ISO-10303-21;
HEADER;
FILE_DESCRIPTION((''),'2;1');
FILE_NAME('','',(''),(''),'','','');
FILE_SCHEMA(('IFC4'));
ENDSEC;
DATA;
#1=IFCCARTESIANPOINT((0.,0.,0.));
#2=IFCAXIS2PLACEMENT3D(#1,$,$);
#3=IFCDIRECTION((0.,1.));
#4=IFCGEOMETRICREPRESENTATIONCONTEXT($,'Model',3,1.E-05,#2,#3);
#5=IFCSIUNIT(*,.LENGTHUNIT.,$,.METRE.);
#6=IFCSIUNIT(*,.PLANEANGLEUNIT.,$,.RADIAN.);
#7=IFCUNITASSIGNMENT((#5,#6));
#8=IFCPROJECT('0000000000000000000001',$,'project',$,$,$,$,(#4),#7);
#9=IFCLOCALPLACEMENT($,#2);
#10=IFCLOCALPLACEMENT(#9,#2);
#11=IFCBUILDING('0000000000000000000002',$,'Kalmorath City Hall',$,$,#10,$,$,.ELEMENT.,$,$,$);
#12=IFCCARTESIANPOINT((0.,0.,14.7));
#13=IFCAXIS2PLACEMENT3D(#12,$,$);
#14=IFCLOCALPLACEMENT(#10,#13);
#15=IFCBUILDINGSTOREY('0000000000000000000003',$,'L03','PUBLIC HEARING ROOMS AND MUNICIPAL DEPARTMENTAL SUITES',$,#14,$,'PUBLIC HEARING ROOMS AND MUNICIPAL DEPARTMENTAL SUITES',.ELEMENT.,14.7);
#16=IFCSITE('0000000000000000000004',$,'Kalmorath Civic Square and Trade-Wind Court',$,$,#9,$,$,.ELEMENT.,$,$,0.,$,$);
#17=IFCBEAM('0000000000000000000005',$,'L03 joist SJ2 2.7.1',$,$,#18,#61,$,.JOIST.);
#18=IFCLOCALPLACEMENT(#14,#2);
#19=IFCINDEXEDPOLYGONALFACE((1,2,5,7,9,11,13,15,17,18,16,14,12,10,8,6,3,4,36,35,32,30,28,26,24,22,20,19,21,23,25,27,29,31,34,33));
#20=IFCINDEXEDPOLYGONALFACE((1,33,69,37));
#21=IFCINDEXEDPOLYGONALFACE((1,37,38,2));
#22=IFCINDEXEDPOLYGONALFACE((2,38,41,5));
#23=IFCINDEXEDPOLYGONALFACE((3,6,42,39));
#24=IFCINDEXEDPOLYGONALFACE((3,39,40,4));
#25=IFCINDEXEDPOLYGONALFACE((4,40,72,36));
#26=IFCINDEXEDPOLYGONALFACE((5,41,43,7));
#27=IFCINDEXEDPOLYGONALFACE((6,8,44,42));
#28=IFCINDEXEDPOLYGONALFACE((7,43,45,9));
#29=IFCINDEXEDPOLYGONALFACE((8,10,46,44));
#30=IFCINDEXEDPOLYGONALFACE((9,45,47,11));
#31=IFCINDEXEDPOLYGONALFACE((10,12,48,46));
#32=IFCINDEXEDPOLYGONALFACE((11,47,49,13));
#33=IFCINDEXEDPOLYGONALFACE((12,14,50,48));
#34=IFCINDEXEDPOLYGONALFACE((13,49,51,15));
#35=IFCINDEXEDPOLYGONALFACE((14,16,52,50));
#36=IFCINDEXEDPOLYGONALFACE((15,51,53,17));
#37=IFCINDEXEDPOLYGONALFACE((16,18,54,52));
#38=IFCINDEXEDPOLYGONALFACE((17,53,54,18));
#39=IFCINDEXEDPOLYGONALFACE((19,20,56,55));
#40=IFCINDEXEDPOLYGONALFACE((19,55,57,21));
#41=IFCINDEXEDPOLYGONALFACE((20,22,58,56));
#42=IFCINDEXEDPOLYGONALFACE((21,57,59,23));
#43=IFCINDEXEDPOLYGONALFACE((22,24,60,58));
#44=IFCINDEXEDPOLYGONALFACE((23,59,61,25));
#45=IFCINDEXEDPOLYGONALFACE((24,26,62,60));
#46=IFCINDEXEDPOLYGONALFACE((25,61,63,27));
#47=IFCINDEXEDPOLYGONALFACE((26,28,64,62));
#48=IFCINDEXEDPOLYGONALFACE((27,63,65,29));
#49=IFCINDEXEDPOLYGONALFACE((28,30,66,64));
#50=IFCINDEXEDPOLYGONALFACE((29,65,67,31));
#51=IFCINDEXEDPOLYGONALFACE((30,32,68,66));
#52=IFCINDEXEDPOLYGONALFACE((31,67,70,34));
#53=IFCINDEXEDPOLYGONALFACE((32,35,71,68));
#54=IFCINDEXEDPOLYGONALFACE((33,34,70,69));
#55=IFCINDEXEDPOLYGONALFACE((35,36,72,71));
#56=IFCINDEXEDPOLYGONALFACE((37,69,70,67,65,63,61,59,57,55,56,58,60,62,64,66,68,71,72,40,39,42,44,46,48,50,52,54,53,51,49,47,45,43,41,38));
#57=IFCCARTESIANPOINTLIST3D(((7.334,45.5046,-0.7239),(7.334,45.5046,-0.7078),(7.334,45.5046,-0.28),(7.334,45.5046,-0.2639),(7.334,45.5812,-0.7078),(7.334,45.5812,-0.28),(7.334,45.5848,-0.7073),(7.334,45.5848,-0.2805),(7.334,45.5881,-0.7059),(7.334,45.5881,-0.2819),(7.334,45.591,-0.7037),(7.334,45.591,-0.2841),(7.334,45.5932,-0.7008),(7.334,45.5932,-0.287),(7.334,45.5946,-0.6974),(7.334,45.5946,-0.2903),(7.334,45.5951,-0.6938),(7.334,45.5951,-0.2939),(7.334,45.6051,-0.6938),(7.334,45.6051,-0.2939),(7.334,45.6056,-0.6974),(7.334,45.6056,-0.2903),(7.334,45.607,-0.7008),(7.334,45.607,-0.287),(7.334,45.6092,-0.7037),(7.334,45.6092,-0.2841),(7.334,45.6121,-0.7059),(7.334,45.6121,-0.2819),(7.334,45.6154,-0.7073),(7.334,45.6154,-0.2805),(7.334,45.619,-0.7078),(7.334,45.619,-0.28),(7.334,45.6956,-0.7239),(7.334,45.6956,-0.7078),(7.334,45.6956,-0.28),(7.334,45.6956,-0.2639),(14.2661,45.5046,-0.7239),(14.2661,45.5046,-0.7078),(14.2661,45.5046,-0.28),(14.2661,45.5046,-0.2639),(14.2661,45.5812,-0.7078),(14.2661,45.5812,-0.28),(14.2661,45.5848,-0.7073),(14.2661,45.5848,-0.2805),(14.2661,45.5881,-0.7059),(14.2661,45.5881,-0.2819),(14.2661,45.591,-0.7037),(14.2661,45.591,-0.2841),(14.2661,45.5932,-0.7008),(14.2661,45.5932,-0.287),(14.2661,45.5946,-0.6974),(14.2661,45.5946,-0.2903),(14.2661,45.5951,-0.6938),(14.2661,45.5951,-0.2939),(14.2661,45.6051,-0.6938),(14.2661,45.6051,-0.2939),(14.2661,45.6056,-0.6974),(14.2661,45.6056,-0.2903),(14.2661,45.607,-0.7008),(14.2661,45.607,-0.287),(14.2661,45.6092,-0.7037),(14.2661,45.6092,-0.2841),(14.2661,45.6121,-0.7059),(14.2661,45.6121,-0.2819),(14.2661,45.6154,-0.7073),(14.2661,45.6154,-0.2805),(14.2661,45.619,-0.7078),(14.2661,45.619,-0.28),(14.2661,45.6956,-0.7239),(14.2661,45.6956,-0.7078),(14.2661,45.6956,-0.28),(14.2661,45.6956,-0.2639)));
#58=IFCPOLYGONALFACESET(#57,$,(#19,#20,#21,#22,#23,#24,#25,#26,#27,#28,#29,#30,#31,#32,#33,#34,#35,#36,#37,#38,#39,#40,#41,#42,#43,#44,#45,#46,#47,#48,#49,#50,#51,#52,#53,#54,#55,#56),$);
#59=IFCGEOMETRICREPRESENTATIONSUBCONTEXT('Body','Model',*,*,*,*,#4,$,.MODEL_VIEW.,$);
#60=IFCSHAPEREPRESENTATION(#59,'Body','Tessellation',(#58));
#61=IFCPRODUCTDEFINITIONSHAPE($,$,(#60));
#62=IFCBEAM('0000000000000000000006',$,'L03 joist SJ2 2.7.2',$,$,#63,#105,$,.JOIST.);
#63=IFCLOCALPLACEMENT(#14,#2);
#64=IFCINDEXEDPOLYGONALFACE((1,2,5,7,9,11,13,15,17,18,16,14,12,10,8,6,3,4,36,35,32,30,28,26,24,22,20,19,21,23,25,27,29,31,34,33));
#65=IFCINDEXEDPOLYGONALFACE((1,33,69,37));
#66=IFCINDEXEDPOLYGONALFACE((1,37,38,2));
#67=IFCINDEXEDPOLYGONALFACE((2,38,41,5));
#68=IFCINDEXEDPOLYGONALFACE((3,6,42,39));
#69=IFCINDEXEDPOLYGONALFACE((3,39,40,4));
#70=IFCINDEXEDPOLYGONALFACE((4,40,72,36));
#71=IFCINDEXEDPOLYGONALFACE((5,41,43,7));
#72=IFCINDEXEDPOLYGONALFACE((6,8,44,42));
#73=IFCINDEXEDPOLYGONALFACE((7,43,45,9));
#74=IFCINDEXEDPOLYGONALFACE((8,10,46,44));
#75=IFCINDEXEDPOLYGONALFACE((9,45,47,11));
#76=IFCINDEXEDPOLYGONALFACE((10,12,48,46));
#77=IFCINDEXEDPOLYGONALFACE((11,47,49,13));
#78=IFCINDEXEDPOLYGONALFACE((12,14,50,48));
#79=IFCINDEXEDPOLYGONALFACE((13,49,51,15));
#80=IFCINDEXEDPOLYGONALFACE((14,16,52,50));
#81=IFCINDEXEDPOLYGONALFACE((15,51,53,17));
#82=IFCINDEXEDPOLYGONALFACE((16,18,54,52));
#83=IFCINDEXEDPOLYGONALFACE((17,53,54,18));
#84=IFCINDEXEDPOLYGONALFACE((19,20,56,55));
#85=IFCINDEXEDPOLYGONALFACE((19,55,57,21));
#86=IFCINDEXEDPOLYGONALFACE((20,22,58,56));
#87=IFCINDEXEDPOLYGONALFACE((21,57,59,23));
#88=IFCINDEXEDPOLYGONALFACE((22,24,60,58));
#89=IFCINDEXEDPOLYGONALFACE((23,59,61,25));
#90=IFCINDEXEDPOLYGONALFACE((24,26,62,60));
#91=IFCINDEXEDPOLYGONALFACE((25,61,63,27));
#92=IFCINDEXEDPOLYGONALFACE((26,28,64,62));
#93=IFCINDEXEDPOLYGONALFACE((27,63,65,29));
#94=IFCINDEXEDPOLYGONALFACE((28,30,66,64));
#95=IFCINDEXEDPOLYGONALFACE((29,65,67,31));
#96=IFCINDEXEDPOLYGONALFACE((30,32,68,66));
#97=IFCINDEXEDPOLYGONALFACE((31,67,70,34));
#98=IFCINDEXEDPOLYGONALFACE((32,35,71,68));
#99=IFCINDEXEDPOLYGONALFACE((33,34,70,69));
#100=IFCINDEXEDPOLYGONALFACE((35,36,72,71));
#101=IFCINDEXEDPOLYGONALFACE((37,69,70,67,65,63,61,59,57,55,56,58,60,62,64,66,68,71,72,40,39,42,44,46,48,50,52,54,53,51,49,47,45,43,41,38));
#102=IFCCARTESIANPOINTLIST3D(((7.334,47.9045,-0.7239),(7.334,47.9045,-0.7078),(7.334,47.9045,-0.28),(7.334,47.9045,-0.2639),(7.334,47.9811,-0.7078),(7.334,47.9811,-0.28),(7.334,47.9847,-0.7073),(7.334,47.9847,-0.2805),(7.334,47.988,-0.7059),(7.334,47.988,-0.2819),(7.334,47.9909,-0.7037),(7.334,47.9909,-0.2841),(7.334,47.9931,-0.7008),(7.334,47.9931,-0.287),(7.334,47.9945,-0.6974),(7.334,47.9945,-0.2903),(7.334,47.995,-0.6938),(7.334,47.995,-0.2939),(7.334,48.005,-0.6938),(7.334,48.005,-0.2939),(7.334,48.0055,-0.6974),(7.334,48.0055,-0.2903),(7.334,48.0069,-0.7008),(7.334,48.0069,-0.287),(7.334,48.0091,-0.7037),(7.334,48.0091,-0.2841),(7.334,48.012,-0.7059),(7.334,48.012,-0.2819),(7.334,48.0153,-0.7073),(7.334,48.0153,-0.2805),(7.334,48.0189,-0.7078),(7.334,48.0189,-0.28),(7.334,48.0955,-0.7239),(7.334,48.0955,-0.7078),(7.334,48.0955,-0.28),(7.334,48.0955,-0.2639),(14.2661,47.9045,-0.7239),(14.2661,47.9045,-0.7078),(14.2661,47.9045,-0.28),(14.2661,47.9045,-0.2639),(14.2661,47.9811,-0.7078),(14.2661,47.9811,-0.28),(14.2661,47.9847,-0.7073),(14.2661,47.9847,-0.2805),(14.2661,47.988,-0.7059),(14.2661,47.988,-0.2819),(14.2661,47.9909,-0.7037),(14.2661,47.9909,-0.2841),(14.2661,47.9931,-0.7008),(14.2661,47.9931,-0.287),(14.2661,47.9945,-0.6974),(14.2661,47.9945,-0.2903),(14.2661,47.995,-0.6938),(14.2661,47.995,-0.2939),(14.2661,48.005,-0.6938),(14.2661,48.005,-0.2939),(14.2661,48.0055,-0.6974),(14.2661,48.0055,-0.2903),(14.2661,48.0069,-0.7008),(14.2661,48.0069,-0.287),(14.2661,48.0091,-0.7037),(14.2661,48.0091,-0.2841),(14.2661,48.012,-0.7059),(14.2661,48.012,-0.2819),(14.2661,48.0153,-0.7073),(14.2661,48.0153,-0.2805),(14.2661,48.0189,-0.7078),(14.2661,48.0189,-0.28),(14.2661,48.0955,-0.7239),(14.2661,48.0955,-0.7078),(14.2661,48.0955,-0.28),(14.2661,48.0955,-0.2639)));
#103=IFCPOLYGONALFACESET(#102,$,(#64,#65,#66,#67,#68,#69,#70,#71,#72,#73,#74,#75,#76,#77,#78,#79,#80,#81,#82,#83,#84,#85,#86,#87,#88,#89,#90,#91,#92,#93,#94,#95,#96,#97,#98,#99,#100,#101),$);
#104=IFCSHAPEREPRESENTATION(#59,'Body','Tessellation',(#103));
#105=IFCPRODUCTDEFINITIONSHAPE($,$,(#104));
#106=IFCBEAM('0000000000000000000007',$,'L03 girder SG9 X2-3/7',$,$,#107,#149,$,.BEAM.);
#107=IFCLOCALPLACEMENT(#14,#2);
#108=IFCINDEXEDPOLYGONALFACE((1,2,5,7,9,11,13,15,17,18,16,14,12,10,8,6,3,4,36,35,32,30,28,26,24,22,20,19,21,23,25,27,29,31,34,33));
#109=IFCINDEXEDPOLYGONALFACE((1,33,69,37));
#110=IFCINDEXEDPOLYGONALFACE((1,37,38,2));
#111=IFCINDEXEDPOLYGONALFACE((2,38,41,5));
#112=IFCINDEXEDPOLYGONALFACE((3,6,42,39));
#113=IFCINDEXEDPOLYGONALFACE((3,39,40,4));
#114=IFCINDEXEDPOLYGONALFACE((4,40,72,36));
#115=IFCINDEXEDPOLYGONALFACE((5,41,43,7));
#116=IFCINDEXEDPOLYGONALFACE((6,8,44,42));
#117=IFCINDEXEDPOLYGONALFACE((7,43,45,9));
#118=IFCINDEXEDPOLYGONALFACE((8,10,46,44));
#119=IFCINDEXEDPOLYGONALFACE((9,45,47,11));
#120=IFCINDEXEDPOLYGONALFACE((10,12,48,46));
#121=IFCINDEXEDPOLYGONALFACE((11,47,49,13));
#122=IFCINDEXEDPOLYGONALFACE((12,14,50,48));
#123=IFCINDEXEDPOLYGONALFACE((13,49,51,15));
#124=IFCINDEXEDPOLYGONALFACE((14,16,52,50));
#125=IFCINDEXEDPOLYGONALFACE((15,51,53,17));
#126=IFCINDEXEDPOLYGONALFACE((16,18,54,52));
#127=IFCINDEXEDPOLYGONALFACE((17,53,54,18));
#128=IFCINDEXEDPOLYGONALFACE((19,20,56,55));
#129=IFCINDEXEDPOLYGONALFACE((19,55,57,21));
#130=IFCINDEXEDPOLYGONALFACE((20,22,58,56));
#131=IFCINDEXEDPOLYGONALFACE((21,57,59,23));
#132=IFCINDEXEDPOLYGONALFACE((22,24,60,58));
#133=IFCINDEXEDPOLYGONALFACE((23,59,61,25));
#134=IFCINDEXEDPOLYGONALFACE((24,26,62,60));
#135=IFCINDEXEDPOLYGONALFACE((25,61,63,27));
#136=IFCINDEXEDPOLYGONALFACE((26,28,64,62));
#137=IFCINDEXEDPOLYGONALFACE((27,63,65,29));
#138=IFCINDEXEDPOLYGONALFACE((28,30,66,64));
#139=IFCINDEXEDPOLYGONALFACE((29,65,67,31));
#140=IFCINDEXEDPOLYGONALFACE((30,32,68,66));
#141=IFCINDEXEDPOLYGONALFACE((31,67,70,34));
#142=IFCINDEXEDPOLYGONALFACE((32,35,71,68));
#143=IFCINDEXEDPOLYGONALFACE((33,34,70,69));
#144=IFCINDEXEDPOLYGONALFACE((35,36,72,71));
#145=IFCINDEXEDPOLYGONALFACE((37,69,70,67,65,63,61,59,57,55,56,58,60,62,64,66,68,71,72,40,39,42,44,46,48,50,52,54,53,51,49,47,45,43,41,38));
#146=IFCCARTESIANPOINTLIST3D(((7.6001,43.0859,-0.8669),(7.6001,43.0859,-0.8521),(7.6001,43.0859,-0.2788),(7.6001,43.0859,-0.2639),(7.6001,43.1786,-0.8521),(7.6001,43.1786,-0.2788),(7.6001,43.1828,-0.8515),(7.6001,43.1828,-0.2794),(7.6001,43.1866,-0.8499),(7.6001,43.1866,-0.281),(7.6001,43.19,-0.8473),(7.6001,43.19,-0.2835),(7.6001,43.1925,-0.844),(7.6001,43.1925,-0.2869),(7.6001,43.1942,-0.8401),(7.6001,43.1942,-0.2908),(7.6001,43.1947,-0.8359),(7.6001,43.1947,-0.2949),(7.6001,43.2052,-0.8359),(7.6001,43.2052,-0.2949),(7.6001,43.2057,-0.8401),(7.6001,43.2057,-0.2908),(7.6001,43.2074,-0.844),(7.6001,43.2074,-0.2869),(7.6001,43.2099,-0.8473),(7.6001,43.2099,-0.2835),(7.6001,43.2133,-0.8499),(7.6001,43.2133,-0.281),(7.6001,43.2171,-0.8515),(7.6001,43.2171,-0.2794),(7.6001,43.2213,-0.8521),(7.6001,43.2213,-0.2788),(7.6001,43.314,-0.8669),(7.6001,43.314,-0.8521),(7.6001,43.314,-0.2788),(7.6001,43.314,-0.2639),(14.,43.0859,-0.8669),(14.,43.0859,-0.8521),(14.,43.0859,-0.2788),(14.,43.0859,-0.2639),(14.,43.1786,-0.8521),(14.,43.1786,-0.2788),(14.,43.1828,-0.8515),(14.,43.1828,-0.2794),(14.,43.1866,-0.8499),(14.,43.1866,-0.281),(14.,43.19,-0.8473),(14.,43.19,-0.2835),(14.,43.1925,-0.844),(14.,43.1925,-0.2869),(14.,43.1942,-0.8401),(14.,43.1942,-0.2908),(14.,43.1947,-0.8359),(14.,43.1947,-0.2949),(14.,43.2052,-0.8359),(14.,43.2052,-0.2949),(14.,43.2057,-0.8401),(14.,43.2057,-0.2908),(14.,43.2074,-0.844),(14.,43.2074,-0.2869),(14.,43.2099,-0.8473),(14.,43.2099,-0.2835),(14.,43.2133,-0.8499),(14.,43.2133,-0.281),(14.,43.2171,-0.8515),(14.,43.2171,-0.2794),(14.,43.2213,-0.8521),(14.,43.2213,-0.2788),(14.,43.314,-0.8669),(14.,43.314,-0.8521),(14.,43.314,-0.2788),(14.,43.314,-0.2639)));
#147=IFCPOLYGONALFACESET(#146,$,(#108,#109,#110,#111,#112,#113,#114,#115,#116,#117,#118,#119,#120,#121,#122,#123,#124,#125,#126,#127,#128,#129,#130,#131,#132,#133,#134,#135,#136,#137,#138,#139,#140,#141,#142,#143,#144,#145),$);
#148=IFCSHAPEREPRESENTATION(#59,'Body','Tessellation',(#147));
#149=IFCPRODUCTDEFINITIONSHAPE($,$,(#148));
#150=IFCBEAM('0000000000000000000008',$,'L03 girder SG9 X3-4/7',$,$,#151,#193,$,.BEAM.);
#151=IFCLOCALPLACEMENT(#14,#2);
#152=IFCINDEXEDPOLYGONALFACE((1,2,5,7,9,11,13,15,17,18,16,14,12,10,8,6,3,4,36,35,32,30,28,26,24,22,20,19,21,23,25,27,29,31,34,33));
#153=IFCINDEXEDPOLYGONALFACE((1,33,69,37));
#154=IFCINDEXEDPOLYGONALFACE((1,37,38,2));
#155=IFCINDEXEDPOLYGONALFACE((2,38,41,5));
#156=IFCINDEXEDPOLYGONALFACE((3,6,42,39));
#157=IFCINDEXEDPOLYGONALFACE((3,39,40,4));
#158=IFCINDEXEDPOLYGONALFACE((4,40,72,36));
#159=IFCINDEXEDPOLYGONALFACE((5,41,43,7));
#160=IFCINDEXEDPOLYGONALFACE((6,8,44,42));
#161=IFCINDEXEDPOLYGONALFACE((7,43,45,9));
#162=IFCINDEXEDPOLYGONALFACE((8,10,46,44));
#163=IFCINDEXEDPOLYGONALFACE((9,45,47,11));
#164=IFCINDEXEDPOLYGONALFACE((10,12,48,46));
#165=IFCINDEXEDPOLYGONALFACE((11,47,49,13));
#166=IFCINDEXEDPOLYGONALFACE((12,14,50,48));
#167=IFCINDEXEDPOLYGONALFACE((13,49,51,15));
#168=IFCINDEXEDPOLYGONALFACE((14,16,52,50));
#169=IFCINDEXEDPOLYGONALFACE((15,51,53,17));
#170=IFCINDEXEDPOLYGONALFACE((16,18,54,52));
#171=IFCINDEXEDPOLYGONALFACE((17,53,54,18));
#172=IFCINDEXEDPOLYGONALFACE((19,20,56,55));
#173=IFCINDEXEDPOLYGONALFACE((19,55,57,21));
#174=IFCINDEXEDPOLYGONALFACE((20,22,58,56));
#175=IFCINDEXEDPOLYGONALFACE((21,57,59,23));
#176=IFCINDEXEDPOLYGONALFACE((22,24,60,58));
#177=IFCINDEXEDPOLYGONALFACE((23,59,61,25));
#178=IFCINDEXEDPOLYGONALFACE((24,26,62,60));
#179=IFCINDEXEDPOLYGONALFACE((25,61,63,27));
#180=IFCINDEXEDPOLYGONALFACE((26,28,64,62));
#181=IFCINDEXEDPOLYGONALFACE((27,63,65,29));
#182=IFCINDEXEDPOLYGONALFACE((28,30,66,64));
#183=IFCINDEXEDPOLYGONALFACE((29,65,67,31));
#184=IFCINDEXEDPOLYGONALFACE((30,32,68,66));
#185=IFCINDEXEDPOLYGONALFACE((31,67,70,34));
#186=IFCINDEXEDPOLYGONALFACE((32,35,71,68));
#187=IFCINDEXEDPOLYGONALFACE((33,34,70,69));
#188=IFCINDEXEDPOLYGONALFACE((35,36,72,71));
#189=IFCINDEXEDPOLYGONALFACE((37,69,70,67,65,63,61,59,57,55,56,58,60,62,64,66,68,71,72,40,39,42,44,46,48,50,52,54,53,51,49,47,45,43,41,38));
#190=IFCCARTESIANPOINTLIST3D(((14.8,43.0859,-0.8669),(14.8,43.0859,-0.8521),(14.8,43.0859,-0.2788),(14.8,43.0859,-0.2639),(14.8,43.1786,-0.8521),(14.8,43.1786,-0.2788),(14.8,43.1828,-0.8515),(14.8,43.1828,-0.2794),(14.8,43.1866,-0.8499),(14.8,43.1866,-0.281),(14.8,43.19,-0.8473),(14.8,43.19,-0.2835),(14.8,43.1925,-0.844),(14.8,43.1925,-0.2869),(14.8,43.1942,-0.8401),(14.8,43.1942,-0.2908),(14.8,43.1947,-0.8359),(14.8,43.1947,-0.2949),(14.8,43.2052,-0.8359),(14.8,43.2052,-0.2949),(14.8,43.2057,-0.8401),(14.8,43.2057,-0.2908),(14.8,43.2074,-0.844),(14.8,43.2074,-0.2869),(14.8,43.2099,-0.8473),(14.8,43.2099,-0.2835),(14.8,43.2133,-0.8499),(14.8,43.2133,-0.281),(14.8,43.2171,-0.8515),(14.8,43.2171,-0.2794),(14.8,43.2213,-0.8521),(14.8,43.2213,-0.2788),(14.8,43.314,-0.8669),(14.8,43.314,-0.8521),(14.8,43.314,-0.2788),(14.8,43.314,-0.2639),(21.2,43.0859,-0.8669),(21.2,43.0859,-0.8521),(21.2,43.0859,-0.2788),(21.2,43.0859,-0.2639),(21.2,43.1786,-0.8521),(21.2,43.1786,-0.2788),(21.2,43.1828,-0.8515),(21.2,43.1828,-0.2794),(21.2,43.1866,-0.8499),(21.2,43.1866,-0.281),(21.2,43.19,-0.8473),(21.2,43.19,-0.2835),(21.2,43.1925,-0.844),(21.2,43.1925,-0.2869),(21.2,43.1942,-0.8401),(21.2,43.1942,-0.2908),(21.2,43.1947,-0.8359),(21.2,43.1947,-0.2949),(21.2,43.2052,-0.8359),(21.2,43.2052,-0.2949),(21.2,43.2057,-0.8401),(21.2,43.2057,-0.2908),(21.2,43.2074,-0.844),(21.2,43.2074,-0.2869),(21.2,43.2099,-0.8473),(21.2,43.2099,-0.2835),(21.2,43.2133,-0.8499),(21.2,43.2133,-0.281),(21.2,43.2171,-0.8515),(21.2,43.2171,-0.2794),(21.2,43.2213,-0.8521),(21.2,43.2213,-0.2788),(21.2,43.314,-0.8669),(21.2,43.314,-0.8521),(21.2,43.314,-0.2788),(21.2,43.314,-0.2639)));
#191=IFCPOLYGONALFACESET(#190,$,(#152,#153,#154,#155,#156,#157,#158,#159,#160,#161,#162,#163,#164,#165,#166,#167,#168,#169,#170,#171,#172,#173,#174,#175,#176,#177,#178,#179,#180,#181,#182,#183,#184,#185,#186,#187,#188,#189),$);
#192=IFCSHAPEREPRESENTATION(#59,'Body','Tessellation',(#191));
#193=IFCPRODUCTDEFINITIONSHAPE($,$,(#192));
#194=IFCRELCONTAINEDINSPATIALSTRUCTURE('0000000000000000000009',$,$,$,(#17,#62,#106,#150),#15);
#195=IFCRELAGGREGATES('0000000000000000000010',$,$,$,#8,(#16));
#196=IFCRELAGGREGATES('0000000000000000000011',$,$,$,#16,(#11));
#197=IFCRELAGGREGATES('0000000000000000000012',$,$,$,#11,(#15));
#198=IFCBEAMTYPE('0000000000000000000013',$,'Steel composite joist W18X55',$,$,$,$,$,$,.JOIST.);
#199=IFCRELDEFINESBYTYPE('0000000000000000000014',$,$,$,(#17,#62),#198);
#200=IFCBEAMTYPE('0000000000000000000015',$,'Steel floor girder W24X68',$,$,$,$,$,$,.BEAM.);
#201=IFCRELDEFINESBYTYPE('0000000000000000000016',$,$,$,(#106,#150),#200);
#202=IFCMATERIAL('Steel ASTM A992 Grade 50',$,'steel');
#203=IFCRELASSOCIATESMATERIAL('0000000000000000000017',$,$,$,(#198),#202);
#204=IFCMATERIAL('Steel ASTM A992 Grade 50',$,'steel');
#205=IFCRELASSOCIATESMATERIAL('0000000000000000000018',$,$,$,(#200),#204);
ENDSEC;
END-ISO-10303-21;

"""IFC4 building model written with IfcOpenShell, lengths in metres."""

from ifc_helpers import new_model, si_unit, direction, frame, origin, origin_2d, place, context, subcontext, project, spatial, i_section, extrude, material, material_profile, profile_set, type_object, element, save


model = new_model("IFC4")

# Units and contexts
model_context = context("Model", 3, precision=1e-05, world=origin(), true_north=direction((0.0, 1.0)))
body_context = subcontext(model_context, "Body", "Model", "MODEL_VIEW")
ifc_project = project(units=[si_unit("LENGTHUNIT", "METRE"), si_unit("PLANEANGLEUNIT", "RADIAN")], contexts=[model_context])

# Site, building, storey
site_placement = place(None, origin())
site = spatial("IfcSite", under=ifc_project, at=site_placement, Name="Kalmorath Civic Square and Trade-Wind Court", CompositionType="ELEMENT", RefElevation=0.0)
building_placement = place(site_placement, origin())
building = spatial("IfcBuilding", under=site, at=building_placement, Name="Kalmorath City Hall", CompositionType="ELEMENT")
storey_placement = place(building_placement, frame((0.0, 0.0, 14.7)))
storey = spatial("IfcBuildingStorey", under=building, at=storey_placement, Name="L03", Description="PUBLIC HEARING ROOMS AND MUNICIPAL DEPARTMENTAL SUITES", LongName="PUBLIC HEARING ROOMS AND MUNICIPAL DEPARTMENTAL SUITES", CompositionType="ELEMENT", Elevation=14.7)

# Beams
ifc_material_1 = material(Name="Steel ASTM A992 Grade 50", Category="steel")
ifc_material_profile_1 = material_profile(ifc_material_1, i_section(OverallWidth=0.1909, OverallDepth=0.46, WebThickness=0.01, FlangeThickness=0.0161, FilletRadius=0.0139, at=origin_2d()), Name="W18X55")
ifc_profile_set_1 = profile_set([ifc_material_profile_1], Name="Steel ASTM A992 Grade 50")
beam_type_1 = type_object("IfcBeamType", Name="Steel composite joist W18X55", PredefinedType="JOIST", material=ifc_profile_set_1)
for number, where, z_axis, x_axis, name in (
    (1, (7.334, 45.6001, -0.4939), (1.0, 0.0, 0.0), (0.0, 1.0, 0.0), "L03 joist SJ2 2.7.1"),
    (2, (7.334, 48.0, -0.4939), (1.0, 0.0, 0.0), (0.0, 1.0, 0.0), "L03 joist SJ2 2.7.2"),
):
    element("IfcBeam", number, at=place(storey_placement, frame(where, z_axis=z_axis, x_axis=x_axis)), inside=storey, type_object=beam_type_1, Name=name, PredefinedType="JOIST", context=body_context, shape_type="SweptSolid", body=[
        extrude(i_section(OverallWidth=0.1909, OverallDepth=0.46, WebThickness=0.01, FlangeThickness=0.0161, FilletRadius=0.0139, at=origin_2d()), origin(), (0.0, 0.0, 1.0), 6.9321),
    ])
ifc_material_2 = material(Name="Steel ASTM A992 Grade 50", Category="steel")
ifc_material_profile_2 = material_profile(ifc_material_2, i_section(OverallWidth=0.228, OverallDepth=0.603, WebThickness=0.0105, FlangeThickness=0.0149, FilletRadius=0.0161, at=origin_2d()), Name="W24X68")
ifc_profile_set_2 = profile_set([ifc_material_profile_2], Name="Steel ASTM A992 Grade 50")
beam_type_2 = type_object("IfcBeamType", Name="Steel floor girder W24X68", PredefinedType="BEAM", material=ifc_profile_set_2)
for number, where, z_axis, x_axis, name in (
    (3, (7.6001, 43.2, -0.5654), (1.0, 0.0, 0.0), (0.0, 1.0, 0.0), "L03 girder SG9 X2-3/7"),
    (4, (14.8, 43.2, -0.5654), (1.0, 0.0, 0.0), (0.0, 1.0, 0.0), "L03 girder SG9 X3-4/7"),
):
    element("IfcBeam", number, at=place(storey_placement, frame(where, z_axis=z_axis, x_axis=x_axis)), inside=storey, type_object=beam_type_2, Name=name, PredefinedType="BEAM", context=body_context, shape_type="SweptSolid", body=[
        extrude(i_section(OverallWidth=0.228, OverallDepth=0.603, WebThickness=0.0105, FlangeThickness=0.0149, FilletRadius=0.0161, at=origin_2d()), origin(), (0.0, 0.0, 1.0), 6.3999),
    ])

save(model, "model.ifc")
